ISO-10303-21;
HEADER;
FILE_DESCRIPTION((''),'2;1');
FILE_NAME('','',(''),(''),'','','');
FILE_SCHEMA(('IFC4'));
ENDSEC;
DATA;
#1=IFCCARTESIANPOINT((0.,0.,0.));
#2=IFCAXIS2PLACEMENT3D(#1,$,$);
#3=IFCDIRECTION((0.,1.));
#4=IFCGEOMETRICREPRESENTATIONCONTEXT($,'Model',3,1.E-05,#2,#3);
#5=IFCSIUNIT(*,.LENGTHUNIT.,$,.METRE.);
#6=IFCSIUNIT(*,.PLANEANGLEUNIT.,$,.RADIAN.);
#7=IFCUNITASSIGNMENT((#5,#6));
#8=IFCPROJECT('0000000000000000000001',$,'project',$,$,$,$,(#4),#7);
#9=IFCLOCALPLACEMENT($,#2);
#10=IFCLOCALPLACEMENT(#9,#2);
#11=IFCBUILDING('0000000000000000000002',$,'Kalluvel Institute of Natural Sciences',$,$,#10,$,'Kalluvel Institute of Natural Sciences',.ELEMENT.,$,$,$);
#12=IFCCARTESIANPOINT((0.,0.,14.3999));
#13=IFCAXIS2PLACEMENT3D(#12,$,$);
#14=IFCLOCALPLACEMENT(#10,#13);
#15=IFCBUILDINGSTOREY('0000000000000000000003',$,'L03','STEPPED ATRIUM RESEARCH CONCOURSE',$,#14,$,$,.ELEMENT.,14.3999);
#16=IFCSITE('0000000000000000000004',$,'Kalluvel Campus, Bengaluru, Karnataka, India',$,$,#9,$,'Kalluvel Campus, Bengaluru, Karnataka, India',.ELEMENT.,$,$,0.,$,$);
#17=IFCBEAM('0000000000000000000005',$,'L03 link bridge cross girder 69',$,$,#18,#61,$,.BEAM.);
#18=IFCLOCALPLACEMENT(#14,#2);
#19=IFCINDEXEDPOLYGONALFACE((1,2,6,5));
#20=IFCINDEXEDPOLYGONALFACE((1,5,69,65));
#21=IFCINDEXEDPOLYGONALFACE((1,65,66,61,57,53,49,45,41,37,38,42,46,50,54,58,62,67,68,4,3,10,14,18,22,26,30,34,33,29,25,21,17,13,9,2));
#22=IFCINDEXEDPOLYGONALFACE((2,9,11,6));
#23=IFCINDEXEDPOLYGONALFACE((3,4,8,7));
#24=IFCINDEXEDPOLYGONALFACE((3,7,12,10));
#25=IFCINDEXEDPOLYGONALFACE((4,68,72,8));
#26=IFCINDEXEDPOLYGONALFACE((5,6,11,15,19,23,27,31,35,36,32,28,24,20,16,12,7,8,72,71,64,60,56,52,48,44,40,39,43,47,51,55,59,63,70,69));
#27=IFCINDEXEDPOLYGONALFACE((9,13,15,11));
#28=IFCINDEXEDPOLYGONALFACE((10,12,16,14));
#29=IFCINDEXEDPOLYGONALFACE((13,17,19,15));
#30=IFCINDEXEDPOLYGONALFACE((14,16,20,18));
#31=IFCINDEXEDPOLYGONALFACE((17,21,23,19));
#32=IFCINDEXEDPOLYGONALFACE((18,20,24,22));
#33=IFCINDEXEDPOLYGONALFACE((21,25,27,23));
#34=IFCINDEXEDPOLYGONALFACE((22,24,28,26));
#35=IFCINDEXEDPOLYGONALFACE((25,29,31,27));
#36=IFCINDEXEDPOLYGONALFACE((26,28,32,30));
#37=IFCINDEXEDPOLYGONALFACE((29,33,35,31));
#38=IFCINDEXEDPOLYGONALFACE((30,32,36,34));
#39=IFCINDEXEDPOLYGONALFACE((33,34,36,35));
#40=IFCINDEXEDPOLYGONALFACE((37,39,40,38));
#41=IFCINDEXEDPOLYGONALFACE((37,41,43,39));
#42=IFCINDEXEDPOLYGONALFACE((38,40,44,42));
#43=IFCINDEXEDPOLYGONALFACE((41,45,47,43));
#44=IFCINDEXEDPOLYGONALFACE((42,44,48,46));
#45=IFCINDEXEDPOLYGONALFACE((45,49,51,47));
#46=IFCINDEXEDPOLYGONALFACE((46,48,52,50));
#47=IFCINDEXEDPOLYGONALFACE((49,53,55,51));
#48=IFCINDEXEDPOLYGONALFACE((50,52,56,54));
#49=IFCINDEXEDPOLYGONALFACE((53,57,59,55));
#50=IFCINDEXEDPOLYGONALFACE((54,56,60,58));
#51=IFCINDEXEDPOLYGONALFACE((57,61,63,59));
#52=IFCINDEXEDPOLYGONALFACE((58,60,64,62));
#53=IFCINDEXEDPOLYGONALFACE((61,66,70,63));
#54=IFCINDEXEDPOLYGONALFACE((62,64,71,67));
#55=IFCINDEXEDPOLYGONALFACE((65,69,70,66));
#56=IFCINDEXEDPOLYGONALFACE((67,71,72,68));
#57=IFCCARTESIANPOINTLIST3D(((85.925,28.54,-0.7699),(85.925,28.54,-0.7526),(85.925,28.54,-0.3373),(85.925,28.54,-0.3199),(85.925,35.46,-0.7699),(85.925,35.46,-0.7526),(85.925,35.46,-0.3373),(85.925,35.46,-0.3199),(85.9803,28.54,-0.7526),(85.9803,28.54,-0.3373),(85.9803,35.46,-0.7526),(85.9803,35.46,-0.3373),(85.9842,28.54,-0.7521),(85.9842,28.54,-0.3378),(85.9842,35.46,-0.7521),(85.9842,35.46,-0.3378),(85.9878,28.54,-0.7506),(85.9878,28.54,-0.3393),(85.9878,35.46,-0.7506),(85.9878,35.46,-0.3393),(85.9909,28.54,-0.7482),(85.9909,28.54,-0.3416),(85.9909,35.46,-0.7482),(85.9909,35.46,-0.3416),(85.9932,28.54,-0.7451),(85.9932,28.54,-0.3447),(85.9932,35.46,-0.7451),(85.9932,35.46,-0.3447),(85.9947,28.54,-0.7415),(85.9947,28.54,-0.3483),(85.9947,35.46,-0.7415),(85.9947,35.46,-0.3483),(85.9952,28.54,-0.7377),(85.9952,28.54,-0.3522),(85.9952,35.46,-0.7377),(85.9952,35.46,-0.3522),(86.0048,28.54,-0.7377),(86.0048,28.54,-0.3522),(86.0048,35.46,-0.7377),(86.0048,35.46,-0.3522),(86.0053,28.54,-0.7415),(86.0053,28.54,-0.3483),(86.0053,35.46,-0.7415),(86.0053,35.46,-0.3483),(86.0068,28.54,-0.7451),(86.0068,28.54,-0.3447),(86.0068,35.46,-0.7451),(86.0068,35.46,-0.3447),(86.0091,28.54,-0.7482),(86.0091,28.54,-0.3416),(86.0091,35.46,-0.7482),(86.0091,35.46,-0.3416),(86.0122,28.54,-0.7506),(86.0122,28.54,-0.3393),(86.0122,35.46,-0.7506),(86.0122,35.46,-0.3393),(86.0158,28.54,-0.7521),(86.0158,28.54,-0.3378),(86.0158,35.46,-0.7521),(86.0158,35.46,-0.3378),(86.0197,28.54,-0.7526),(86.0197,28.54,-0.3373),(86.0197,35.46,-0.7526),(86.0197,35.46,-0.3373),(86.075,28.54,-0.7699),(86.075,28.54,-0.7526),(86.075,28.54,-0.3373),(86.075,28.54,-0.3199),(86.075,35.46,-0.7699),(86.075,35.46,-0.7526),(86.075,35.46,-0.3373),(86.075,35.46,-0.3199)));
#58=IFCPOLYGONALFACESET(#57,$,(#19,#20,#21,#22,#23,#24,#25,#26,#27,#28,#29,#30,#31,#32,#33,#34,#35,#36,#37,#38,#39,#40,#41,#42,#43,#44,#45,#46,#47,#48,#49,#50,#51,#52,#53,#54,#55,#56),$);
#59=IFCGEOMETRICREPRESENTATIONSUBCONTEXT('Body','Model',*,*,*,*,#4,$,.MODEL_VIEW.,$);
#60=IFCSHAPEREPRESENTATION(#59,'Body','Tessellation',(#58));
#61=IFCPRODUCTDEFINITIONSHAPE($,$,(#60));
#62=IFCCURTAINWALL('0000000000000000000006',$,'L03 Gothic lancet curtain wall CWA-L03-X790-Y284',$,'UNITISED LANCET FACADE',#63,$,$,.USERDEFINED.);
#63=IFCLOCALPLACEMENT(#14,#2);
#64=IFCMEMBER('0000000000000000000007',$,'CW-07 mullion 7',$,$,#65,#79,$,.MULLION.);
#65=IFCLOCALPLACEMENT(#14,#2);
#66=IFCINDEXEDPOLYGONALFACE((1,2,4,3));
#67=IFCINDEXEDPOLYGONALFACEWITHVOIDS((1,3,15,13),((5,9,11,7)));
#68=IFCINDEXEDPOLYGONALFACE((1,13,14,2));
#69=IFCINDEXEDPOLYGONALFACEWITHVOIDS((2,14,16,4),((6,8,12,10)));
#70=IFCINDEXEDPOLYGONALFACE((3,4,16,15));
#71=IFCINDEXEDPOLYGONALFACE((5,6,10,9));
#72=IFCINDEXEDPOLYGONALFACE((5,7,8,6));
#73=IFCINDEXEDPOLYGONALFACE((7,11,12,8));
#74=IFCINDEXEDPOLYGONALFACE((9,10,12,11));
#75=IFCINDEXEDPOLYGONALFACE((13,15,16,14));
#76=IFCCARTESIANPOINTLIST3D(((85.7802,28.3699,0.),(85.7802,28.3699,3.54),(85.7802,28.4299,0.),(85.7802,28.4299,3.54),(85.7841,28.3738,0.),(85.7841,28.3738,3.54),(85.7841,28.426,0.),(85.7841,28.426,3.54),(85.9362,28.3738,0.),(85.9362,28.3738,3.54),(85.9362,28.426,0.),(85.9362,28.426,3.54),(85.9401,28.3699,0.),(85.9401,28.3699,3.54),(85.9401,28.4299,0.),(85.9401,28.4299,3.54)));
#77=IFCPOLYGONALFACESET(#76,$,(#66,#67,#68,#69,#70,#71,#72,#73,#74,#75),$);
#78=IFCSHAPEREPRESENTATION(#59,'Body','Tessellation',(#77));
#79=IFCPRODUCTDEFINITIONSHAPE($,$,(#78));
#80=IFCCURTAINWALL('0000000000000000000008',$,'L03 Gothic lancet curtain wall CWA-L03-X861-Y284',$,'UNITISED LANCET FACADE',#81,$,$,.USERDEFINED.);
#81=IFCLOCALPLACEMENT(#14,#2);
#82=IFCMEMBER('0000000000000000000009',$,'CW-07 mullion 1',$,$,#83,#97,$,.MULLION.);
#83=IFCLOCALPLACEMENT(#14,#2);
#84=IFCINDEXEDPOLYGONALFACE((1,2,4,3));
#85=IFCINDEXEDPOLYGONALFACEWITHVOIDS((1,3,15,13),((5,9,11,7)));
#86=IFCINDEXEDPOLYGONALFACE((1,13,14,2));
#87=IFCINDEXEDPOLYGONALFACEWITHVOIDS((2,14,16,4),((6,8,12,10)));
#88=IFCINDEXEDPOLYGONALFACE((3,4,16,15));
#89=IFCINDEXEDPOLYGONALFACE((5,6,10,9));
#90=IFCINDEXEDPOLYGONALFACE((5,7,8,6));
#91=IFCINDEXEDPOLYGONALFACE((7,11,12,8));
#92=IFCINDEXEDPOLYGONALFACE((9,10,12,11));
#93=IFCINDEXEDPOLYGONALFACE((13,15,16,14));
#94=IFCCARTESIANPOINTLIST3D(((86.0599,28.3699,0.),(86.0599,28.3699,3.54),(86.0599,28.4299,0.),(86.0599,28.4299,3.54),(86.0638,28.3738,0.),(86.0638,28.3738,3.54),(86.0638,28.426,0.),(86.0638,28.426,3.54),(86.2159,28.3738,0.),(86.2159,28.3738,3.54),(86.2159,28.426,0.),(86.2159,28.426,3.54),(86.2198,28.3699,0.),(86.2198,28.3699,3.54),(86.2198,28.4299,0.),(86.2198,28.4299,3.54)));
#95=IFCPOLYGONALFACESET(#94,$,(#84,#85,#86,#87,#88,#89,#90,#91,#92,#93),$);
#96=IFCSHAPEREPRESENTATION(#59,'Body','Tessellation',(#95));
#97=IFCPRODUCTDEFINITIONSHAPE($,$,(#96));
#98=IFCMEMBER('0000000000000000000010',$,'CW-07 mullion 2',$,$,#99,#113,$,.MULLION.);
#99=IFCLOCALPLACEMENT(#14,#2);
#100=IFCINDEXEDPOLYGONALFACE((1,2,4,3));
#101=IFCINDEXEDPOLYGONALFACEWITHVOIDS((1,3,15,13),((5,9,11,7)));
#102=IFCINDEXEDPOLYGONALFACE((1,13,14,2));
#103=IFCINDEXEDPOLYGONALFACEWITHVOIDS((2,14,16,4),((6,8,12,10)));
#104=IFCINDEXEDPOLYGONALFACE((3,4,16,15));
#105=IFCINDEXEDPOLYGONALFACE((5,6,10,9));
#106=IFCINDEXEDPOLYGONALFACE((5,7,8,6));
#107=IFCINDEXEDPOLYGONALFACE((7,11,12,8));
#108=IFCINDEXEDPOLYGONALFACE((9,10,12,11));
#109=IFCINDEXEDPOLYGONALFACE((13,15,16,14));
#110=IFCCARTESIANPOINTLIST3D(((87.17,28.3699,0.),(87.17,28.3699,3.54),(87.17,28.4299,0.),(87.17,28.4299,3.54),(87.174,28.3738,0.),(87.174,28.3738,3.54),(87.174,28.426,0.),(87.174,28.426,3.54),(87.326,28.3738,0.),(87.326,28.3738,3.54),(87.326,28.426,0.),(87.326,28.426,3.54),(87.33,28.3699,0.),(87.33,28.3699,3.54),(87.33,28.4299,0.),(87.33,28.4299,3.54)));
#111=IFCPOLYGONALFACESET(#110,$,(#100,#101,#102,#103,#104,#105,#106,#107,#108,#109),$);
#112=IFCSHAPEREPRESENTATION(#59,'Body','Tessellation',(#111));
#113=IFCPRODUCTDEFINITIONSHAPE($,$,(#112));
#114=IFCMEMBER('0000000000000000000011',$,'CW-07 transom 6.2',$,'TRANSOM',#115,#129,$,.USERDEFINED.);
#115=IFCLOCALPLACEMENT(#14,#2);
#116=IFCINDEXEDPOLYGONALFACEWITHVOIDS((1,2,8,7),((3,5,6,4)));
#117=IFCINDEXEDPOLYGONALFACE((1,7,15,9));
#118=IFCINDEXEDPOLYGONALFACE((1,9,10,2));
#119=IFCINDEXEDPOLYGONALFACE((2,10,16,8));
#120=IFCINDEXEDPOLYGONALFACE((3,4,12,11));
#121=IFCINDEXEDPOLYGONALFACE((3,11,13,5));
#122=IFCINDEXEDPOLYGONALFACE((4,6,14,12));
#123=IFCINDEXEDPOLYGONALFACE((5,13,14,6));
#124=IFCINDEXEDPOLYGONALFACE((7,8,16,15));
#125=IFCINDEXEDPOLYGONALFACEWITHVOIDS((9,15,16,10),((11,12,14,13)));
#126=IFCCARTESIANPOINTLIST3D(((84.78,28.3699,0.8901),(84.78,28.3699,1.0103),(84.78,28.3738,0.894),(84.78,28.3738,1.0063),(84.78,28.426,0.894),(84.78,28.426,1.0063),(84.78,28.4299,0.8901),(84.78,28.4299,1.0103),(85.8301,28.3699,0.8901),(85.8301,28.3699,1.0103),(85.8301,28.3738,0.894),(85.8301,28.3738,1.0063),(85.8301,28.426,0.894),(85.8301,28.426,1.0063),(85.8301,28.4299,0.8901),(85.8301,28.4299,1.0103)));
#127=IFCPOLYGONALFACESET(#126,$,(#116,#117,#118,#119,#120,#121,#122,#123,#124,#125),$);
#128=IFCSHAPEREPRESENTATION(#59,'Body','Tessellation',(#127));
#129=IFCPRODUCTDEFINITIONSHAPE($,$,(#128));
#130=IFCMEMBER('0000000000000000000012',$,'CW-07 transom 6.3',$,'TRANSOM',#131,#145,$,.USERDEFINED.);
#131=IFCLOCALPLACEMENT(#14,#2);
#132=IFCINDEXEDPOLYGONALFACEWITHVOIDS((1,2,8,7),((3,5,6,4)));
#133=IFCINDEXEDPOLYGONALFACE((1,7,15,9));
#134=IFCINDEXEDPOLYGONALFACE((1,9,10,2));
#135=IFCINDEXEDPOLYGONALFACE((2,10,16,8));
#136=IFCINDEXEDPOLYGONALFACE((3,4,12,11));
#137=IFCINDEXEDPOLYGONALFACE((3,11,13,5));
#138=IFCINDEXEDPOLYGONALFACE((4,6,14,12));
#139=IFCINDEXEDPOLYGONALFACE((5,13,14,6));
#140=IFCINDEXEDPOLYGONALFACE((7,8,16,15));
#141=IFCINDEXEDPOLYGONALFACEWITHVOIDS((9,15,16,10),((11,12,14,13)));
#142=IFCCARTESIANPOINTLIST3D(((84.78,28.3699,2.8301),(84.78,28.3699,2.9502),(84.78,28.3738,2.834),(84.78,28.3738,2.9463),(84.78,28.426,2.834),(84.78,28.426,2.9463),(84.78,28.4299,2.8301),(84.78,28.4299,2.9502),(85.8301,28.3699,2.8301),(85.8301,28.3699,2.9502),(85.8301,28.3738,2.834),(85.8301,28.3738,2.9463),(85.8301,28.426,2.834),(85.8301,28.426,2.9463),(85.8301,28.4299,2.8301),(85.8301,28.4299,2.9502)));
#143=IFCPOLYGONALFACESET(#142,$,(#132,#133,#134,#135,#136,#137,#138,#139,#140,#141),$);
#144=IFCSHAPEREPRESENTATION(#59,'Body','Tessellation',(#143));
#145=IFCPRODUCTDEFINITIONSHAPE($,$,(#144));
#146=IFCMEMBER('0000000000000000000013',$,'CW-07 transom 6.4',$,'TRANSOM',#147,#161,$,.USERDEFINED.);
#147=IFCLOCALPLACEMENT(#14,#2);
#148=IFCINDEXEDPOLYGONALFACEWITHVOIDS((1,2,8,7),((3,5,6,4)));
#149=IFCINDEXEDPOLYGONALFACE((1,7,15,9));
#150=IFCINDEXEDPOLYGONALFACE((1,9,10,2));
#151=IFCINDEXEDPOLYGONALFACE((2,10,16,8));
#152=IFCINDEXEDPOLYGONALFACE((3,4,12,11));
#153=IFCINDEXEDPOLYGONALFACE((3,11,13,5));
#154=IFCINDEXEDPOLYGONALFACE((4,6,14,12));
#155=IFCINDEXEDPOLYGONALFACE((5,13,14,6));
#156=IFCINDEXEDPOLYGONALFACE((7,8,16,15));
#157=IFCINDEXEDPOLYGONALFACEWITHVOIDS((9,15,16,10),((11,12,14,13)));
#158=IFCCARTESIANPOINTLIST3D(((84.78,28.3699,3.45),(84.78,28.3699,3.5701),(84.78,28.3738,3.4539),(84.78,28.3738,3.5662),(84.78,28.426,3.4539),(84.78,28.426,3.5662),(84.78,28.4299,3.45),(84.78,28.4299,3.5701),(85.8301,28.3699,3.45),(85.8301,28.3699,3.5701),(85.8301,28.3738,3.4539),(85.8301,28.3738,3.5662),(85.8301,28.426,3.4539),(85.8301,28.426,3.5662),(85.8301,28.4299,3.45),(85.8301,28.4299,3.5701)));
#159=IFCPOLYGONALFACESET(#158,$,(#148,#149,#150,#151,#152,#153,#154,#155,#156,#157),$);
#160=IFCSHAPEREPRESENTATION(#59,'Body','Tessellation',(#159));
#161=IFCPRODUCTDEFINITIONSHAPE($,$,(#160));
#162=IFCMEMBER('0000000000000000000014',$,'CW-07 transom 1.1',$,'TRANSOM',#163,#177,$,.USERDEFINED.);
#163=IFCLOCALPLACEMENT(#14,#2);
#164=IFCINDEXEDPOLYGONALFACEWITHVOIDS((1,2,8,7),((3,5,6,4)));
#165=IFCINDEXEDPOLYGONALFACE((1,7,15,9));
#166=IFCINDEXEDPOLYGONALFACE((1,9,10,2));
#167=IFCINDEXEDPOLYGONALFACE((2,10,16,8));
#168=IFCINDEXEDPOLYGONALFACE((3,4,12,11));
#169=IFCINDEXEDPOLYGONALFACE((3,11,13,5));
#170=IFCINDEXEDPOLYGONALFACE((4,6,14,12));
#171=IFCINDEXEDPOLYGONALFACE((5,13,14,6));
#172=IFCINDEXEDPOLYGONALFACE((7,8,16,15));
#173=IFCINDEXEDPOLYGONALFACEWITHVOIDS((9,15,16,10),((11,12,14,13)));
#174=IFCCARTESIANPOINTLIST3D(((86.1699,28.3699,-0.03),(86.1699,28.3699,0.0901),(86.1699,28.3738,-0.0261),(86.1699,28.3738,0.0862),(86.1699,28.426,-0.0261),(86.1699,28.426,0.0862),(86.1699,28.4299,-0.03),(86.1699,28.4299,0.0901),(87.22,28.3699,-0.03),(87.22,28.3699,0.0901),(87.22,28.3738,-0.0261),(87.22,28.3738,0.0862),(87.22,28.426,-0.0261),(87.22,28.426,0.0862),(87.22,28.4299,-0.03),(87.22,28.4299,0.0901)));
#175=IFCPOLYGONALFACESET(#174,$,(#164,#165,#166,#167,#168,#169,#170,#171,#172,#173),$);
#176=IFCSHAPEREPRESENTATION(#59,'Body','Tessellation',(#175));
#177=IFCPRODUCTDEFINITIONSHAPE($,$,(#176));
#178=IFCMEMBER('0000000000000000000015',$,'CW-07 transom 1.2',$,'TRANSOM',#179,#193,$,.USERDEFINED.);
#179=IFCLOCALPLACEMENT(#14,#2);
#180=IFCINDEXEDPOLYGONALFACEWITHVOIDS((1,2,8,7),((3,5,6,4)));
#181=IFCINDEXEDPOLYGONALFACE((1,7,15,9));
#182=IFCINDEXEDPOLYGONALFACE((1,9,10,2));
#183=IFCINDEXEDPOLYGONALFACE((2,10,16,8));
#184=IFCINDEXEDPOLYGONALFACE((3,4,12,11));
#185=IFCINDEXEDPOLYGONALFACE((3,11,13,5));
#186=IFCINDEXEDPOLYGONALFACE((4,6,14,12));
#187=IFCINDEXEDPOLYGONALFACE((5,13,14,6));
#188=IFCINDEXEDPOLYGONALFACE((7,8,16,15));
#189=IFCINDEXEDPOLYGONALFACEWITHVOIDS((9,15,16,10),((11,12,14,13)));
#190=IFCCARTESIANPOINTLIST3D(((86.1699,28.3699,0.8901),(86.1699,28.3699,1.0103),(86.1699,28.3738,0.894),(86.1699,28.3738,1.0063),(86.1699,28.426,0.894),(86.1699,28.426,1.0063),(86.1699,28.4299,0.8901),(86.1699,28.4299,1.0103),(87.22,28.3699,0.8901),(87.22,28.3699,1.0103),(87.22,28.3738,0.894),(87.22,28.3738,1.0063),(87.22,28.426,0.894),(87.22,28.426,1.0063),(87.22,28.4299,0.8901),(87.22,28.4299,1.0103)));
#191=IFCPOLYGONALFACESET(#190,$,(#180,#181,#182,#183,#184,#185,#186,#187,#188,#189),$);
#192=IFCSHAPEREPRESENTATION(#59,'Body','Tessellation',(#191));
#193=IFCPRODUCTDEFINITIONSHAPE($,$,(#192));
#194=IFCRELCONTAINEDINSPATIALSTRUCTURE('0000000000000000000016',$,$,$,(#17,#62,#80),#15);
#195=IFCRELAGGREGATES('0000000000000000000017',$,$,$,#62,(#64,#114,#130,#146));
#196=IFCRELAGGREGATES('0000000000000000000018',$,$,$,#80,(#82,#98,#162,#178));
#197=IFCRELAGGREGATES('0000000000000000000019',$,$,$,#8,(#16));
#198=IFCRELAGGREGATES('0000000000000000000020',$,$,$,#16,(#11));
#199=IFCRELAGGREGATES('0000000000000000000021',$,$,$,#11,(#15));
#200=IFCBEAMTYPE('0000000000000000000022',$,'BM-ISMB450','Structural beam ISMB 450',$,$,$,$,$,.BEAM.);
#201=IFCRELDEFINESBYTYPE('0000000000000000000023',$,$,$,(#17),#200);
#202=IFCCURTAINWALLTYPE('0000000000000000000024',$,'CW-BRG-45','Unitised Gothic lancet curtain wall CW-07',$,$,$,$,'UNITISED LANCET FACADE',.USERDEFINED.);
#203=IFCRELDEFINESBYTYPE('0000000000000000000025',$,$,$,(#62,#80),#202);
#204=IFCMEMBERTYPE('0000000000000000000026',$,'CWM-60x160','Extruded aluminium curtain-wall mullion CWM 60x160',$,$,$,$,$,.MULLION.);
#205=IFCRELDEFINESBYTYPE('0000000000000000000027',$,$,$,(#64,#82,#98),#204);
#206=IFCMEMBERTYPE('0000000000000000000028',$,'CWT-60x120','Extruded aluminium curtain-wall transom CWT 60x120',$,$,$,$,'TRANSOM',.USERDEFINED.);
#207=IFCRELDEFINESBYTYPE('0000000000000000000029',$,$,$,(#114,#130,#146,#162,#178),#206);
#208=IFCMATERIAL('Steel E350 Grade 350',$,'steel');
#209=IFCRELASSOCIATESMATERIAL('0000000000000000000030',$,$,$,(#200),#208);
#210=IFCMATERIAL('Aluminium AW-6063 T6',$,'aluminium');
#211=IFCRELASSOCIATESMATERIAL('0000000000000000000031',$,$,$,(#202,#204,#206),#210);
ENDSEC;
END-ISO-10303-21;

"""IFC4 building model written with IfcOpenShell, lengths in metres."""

from ifc_helpers import new_model, si_unit, direction, frame, origin, origin_2d, place, context, subcontext, project, spatial, hollow_rectangle, i_section, extrude, material, material_profile, profile_set, type_object, element, aggregate, save


model = new_model("IFC4")

# Units and contexts
model_context = context("Model", 3, precision=1e-05, world=origin(), true_north=direction((0.0, 1.0)))
body_context = subcontext(model_context, "Body", "Model", "MODEL_VIEW")
ifc_project = project(units=[si_unit("LENGTHUNIT", "METRE"), si_unit("PLANEANGLEUNIT", "RADIAN")], contexts=[model_context])

# Site, building, storey
site_placement = place(None, origin())
site = spatial("IfcSite", under=ifc_project, at=site_placement, Name="Kalluvel Campus, Bengaluru, Karnataka, India", LongName="Kalluvel Campus, Bengaluru, Karnataka, India", CompositionType="ELEMENT", RefElevation=0.0)
building_placement = place(site_placement, origin())
building = spatial("IfcBuilding", under=site, at=building_placement, Name="Kalluvel Institute of Natural Sciences", LongName="Kalluvel Institute of Natural Sciences", CompositionType="ELEMENT")
storey_placement = place(building_placement, frame((0.0, 0.0, 14.3999)))
storey = spatial("IfcBuildingStorey", under=building, at=storey_placement, Name="L03", Description="STEPPED ATRIUM RESEARCH CONCOURSE", CompositionType="ELEMENT", Elevation=14.3999)

# Beam
ifc_material_1 = material(Name="Steel E350 Grade 350", Category="steel")
ifc_material_profile_1 = material_profile(ifc_material_1, i_section(OverallWidth=0.1499, OverallDepth=0.45, WebThickness=0.0095, FlangeThickness=0.0173, FilletRadius=0.0149, at=origin_2d()), Name="ISMB 450")
ifc_profile_set_1 = profile_set([ifc_material_profile_1], Name="Steel E350 Grade 350")
beam_type = type_object("IfcBeamType", Name="BM-ISMB450", Description="Structural beam ISMB 450", PredefinedType="BEAM", material=ifc_profile_set_1)
beam_placement = place(storey_placement, frame((86.0, 28.54, -0.5449), z_axis=(0.0, 1.0, 0.0), x_axis=(-1.0, 0.0, 0.0)))
element("IfcBeam", 1, at=beam_placement, inside=storey, type_object=beam_type, Name="L03 link bridge cross girder 69", PredefinedType="BEAM", context=body_context, shape_type="SweptSolid", body=[
    extrude(i_section(OverallWidth=0.1499, OverallDepth=0.45, WebThickness=0.0095, FlangeThickness=0.0173, FilletRadius=0.0149, at=origin_2d()), origin(), (0.0, 0.0, 1.0), 6.9199),
])

# Curtain wall, member
ifc_material_2 = material(Name="Aluminium AW-6063 T6", Category="aluminium")
curtain_wall_type = type_object("IfcCurtainWallType", Name="CW-BRG-45", Description="Unitised Gothic lancet curtain wall CW-07", ElementType="UNITISED LANCET FACADE", PredefinedType="USERDEFINED", material=ifc_material_2)
curtain_wall_1_placement = place(storey_placement, origin())
curtain_wall_1 = element("IfcCurtainWall", 2, at=curtain_wall_1_placement, inside=storey, type_object=curtain_wall_type, Name="L03 Gothic lancet curtain wall CWA-L03-X790-Y284", ObjectType="UNITISED LANCET FACADE", PredefinedType="USERDEFINED")
ifc_material_profile_2 = material_profile(ifc_material_2, hollow_rectangle(XDim=0.0601, YDim=0.1599, WallThickness=0.0039, at=origin_2d()), Name="CWM 60x160")
ifc_profile_set_2 = profile_set([ifc_material_profile_2], Name="Aluminium AW-6063 T6")
member_type_1 = type_object("IfcMemberType", Name="CWM-60x160", Description="Extruded aluminium curtain-wall mullion CWM 60x160", PredefinedType="MULLION", material=ifc_profile_set_2)
member_1_placement = place(storey_placement, frame((85.8601, 28.3999, 0.0), z_axis=(0.0, 0.0, 1.0), x_axis=(0.0, 1.0, 0.0)))
member_1 = element("IfcMember", 3, at=member_1_placement, type_object=member_type_1, Name="CW-07 mullion 7", PredefinedType="MULLION", context=body_context, shape_type="SweptSolid", body=[
    extrude(hollow_rectangle(XDim=0.0601, YDim=0.1599, WallThickness=0.0039, at=origin_2d()), origin(), (0.0, 0.0, 1.0), 3.54),
])

# Curtain wall, members
curtain_wall_2_placement = place(storey_placement, origin())
curtain_wall_2 = element("IfcCurtainWall", 4, at=curtain_wall_2_placement, inside=storey, type_object=curtain_wall_type, Name="L03 Gothic lancet curtain wall CWA-L03-X861-Y284", ObjectType="UNITISED LANCET FACADE", PredefinedType="USERDEFINED")
member_2_placement = place(storey_placement, frame((86.1399, 28.3999, 0.0), z_axis=(0.0, 0.0, 1.0), x_axis=(0.0, 1.0, 0.0)))
member_2 = element("IfcMember", 5, at=member_2_placement, type_object=member_type_1, Name="CW-07 mullion 1", PredefinedType="MULLION", context=body_context, shape_type="SweptSolid", body=[
    extrude(hollow_rectangle(XDim=0.0601, YDim=0.1599, WallThickness=0.0039, at=origin_2d()), origin(), (0.0, 0.0, 1.0), 3.54),
])
member_3_placement = place(storey_placement, frame((87.25, 28.3999, 0.0), z_axis=(0.0, 0.0, 1.0), x_axis=(0.0, 1.0, 0.0)))
member_3 = element("IfcMember", 6, at=member_3_placement, type_object=member_type_1, Name="CW-07 mullion 2", PredefinedType="MULLION", context=body_context, shape_type="SweptSolid", body=[
    extrude(hollow_rectangle(XDim=0.0601, YDim=0.1599, WallThickness=0.0039, at=origin_2d()), origin(), (0.0, 0.0, 1.0), 3.54),
])

# Members
ifc_material_profile_3 = material_profile(ifc_material_2, hollow_rectangle(XDim=0.0601, YDim=0.1201, WallThickness=0.0039, at=origin_2d()), Name="CWT 60x120")
ifc_profile_set_3 = profile_set([ifc_material_profile_3], Name="Aluminium AW-6063 T6")
member_type_2 = type_object("IfcMemberType", Name="CWT-60x120", Description="Extruded aluminium curtain-wall transom CWT 60x120", ElementType="TRANSOM", PredefinedType="USERDEFINED", material=ifc_profile_set_3)
member_4_placement = place(storey_placement, frame((84.78, 28.3999, 0.9502), z_axis=(1.0, 0.0, 0.0), x_axis=(0.0, 1.0, 0.0)))
member_4 = element("IfcMember", 7, at=member_4_placement, type_object=member_type_2, Name="CW-07 transom 6.2", ObjectType="TRANSOM", PredefinedType="USERDEFINED", context=body_context, shape_type="SweptSolid", body=[
    extrude(hollow_rectangle(XDim=0.0601, YDim=0.1201, WallThickness=0.0039, at=origin_2d()), origin(), (0.0, 0.0, 1.0), 1.05),
])
member_5_placement = place(storey_placement, frame((84.78, 28.3999, 2.8901), z_axis=(1.0, 0.0, 0.0), x_axis=(0.0, 1.0, 0.0)))
member_5 = element("IfcMember", 8, at=member_5_placement, type_object=member_type_2, Name="CW-07 transom 6.3", ObjectType="TRANSOM", PredefinedType="USERDEFINED", context=body_context, shape_type="SweptSolid", body=[
    extrude(hollow_rectangle(XDim=0.0601, YDim=0.1201, WallThickness=0.0039, at=origin_2d()), origin(), (0.0, 0.0, 1.0), 1.05),
])
member_6_placement = place(storey_placement, frame((84.78, 28.3999, 3.51), z_axis=(1.0, 0.0, 0.0), x_axis=(0.0, 1.0, 0.0)))
member_6 = element("IfcMember", 9, at=member_6_placement, type_object=member_type_2, Name="CW-07 transom 6.4", ObjectType="TRANSOM", PredefinedType="USERDEFINED", context=body_context, shape_type="SweptSolid", body=[
    extrude(hollow_rectangle(XDim=0.0601, YDim=0.1201, WallThickness=0.0039, at=origin_2d()), origin(), (0.0, 0.0, 1.0), 1.05),
])
member_7_placement = place(storey_placement, frame((86.1699, 28.3999, 0.03), z_axis=(1.0, 0.0, 0.0), x_axis=(0.0, 1.0, 0.0)))
member_7 = element("IfcMember", 10, at=member_7_placement, type_object=member_type_2, Name="CW-07 transom 1.1", ObjectType="TRANSOM", PredefinedType="USERDEFINED", context=body_context, shape_type="SweptSolid", body=[
    extrude(hollow_rectangle(XDim=0.0601, YDim=0.1201, WallThickness=0.0039, at=origin_2d()), origin(), (0.0, 0.0, 1.0), 1.05),
])
member_8_placement = place(storey_placement, frame((86.1699, 28.3999, 0.9502), z_axis=(1.0, 0.0, 0.0), x_axis=(0.0, 1.0, 0.0)))
member_8 = element("IfcMember", 11, at=member_8_placement, type_object=member_type_2, Name="CW-07 transom 1.2", ObjectType="TRANSOM", PredefinedType="USERDEFINED", context=body_context, shape_type="SweptSolid", body=[
    extrude(hollow_rectangle(XDim=0.0601, YDim=0.1201, WallThickness=0.0039, at=origin_2d()), origin(), (0.0, 0.0, 1.0), 1.05),
])

aggregate(curtain_wall_1, [member_1, member_4, member_5, member_6])
aggregate(curtain_wall_2, [member_2, member_3, member_7, member_8])

save(model, "model.ifc")
